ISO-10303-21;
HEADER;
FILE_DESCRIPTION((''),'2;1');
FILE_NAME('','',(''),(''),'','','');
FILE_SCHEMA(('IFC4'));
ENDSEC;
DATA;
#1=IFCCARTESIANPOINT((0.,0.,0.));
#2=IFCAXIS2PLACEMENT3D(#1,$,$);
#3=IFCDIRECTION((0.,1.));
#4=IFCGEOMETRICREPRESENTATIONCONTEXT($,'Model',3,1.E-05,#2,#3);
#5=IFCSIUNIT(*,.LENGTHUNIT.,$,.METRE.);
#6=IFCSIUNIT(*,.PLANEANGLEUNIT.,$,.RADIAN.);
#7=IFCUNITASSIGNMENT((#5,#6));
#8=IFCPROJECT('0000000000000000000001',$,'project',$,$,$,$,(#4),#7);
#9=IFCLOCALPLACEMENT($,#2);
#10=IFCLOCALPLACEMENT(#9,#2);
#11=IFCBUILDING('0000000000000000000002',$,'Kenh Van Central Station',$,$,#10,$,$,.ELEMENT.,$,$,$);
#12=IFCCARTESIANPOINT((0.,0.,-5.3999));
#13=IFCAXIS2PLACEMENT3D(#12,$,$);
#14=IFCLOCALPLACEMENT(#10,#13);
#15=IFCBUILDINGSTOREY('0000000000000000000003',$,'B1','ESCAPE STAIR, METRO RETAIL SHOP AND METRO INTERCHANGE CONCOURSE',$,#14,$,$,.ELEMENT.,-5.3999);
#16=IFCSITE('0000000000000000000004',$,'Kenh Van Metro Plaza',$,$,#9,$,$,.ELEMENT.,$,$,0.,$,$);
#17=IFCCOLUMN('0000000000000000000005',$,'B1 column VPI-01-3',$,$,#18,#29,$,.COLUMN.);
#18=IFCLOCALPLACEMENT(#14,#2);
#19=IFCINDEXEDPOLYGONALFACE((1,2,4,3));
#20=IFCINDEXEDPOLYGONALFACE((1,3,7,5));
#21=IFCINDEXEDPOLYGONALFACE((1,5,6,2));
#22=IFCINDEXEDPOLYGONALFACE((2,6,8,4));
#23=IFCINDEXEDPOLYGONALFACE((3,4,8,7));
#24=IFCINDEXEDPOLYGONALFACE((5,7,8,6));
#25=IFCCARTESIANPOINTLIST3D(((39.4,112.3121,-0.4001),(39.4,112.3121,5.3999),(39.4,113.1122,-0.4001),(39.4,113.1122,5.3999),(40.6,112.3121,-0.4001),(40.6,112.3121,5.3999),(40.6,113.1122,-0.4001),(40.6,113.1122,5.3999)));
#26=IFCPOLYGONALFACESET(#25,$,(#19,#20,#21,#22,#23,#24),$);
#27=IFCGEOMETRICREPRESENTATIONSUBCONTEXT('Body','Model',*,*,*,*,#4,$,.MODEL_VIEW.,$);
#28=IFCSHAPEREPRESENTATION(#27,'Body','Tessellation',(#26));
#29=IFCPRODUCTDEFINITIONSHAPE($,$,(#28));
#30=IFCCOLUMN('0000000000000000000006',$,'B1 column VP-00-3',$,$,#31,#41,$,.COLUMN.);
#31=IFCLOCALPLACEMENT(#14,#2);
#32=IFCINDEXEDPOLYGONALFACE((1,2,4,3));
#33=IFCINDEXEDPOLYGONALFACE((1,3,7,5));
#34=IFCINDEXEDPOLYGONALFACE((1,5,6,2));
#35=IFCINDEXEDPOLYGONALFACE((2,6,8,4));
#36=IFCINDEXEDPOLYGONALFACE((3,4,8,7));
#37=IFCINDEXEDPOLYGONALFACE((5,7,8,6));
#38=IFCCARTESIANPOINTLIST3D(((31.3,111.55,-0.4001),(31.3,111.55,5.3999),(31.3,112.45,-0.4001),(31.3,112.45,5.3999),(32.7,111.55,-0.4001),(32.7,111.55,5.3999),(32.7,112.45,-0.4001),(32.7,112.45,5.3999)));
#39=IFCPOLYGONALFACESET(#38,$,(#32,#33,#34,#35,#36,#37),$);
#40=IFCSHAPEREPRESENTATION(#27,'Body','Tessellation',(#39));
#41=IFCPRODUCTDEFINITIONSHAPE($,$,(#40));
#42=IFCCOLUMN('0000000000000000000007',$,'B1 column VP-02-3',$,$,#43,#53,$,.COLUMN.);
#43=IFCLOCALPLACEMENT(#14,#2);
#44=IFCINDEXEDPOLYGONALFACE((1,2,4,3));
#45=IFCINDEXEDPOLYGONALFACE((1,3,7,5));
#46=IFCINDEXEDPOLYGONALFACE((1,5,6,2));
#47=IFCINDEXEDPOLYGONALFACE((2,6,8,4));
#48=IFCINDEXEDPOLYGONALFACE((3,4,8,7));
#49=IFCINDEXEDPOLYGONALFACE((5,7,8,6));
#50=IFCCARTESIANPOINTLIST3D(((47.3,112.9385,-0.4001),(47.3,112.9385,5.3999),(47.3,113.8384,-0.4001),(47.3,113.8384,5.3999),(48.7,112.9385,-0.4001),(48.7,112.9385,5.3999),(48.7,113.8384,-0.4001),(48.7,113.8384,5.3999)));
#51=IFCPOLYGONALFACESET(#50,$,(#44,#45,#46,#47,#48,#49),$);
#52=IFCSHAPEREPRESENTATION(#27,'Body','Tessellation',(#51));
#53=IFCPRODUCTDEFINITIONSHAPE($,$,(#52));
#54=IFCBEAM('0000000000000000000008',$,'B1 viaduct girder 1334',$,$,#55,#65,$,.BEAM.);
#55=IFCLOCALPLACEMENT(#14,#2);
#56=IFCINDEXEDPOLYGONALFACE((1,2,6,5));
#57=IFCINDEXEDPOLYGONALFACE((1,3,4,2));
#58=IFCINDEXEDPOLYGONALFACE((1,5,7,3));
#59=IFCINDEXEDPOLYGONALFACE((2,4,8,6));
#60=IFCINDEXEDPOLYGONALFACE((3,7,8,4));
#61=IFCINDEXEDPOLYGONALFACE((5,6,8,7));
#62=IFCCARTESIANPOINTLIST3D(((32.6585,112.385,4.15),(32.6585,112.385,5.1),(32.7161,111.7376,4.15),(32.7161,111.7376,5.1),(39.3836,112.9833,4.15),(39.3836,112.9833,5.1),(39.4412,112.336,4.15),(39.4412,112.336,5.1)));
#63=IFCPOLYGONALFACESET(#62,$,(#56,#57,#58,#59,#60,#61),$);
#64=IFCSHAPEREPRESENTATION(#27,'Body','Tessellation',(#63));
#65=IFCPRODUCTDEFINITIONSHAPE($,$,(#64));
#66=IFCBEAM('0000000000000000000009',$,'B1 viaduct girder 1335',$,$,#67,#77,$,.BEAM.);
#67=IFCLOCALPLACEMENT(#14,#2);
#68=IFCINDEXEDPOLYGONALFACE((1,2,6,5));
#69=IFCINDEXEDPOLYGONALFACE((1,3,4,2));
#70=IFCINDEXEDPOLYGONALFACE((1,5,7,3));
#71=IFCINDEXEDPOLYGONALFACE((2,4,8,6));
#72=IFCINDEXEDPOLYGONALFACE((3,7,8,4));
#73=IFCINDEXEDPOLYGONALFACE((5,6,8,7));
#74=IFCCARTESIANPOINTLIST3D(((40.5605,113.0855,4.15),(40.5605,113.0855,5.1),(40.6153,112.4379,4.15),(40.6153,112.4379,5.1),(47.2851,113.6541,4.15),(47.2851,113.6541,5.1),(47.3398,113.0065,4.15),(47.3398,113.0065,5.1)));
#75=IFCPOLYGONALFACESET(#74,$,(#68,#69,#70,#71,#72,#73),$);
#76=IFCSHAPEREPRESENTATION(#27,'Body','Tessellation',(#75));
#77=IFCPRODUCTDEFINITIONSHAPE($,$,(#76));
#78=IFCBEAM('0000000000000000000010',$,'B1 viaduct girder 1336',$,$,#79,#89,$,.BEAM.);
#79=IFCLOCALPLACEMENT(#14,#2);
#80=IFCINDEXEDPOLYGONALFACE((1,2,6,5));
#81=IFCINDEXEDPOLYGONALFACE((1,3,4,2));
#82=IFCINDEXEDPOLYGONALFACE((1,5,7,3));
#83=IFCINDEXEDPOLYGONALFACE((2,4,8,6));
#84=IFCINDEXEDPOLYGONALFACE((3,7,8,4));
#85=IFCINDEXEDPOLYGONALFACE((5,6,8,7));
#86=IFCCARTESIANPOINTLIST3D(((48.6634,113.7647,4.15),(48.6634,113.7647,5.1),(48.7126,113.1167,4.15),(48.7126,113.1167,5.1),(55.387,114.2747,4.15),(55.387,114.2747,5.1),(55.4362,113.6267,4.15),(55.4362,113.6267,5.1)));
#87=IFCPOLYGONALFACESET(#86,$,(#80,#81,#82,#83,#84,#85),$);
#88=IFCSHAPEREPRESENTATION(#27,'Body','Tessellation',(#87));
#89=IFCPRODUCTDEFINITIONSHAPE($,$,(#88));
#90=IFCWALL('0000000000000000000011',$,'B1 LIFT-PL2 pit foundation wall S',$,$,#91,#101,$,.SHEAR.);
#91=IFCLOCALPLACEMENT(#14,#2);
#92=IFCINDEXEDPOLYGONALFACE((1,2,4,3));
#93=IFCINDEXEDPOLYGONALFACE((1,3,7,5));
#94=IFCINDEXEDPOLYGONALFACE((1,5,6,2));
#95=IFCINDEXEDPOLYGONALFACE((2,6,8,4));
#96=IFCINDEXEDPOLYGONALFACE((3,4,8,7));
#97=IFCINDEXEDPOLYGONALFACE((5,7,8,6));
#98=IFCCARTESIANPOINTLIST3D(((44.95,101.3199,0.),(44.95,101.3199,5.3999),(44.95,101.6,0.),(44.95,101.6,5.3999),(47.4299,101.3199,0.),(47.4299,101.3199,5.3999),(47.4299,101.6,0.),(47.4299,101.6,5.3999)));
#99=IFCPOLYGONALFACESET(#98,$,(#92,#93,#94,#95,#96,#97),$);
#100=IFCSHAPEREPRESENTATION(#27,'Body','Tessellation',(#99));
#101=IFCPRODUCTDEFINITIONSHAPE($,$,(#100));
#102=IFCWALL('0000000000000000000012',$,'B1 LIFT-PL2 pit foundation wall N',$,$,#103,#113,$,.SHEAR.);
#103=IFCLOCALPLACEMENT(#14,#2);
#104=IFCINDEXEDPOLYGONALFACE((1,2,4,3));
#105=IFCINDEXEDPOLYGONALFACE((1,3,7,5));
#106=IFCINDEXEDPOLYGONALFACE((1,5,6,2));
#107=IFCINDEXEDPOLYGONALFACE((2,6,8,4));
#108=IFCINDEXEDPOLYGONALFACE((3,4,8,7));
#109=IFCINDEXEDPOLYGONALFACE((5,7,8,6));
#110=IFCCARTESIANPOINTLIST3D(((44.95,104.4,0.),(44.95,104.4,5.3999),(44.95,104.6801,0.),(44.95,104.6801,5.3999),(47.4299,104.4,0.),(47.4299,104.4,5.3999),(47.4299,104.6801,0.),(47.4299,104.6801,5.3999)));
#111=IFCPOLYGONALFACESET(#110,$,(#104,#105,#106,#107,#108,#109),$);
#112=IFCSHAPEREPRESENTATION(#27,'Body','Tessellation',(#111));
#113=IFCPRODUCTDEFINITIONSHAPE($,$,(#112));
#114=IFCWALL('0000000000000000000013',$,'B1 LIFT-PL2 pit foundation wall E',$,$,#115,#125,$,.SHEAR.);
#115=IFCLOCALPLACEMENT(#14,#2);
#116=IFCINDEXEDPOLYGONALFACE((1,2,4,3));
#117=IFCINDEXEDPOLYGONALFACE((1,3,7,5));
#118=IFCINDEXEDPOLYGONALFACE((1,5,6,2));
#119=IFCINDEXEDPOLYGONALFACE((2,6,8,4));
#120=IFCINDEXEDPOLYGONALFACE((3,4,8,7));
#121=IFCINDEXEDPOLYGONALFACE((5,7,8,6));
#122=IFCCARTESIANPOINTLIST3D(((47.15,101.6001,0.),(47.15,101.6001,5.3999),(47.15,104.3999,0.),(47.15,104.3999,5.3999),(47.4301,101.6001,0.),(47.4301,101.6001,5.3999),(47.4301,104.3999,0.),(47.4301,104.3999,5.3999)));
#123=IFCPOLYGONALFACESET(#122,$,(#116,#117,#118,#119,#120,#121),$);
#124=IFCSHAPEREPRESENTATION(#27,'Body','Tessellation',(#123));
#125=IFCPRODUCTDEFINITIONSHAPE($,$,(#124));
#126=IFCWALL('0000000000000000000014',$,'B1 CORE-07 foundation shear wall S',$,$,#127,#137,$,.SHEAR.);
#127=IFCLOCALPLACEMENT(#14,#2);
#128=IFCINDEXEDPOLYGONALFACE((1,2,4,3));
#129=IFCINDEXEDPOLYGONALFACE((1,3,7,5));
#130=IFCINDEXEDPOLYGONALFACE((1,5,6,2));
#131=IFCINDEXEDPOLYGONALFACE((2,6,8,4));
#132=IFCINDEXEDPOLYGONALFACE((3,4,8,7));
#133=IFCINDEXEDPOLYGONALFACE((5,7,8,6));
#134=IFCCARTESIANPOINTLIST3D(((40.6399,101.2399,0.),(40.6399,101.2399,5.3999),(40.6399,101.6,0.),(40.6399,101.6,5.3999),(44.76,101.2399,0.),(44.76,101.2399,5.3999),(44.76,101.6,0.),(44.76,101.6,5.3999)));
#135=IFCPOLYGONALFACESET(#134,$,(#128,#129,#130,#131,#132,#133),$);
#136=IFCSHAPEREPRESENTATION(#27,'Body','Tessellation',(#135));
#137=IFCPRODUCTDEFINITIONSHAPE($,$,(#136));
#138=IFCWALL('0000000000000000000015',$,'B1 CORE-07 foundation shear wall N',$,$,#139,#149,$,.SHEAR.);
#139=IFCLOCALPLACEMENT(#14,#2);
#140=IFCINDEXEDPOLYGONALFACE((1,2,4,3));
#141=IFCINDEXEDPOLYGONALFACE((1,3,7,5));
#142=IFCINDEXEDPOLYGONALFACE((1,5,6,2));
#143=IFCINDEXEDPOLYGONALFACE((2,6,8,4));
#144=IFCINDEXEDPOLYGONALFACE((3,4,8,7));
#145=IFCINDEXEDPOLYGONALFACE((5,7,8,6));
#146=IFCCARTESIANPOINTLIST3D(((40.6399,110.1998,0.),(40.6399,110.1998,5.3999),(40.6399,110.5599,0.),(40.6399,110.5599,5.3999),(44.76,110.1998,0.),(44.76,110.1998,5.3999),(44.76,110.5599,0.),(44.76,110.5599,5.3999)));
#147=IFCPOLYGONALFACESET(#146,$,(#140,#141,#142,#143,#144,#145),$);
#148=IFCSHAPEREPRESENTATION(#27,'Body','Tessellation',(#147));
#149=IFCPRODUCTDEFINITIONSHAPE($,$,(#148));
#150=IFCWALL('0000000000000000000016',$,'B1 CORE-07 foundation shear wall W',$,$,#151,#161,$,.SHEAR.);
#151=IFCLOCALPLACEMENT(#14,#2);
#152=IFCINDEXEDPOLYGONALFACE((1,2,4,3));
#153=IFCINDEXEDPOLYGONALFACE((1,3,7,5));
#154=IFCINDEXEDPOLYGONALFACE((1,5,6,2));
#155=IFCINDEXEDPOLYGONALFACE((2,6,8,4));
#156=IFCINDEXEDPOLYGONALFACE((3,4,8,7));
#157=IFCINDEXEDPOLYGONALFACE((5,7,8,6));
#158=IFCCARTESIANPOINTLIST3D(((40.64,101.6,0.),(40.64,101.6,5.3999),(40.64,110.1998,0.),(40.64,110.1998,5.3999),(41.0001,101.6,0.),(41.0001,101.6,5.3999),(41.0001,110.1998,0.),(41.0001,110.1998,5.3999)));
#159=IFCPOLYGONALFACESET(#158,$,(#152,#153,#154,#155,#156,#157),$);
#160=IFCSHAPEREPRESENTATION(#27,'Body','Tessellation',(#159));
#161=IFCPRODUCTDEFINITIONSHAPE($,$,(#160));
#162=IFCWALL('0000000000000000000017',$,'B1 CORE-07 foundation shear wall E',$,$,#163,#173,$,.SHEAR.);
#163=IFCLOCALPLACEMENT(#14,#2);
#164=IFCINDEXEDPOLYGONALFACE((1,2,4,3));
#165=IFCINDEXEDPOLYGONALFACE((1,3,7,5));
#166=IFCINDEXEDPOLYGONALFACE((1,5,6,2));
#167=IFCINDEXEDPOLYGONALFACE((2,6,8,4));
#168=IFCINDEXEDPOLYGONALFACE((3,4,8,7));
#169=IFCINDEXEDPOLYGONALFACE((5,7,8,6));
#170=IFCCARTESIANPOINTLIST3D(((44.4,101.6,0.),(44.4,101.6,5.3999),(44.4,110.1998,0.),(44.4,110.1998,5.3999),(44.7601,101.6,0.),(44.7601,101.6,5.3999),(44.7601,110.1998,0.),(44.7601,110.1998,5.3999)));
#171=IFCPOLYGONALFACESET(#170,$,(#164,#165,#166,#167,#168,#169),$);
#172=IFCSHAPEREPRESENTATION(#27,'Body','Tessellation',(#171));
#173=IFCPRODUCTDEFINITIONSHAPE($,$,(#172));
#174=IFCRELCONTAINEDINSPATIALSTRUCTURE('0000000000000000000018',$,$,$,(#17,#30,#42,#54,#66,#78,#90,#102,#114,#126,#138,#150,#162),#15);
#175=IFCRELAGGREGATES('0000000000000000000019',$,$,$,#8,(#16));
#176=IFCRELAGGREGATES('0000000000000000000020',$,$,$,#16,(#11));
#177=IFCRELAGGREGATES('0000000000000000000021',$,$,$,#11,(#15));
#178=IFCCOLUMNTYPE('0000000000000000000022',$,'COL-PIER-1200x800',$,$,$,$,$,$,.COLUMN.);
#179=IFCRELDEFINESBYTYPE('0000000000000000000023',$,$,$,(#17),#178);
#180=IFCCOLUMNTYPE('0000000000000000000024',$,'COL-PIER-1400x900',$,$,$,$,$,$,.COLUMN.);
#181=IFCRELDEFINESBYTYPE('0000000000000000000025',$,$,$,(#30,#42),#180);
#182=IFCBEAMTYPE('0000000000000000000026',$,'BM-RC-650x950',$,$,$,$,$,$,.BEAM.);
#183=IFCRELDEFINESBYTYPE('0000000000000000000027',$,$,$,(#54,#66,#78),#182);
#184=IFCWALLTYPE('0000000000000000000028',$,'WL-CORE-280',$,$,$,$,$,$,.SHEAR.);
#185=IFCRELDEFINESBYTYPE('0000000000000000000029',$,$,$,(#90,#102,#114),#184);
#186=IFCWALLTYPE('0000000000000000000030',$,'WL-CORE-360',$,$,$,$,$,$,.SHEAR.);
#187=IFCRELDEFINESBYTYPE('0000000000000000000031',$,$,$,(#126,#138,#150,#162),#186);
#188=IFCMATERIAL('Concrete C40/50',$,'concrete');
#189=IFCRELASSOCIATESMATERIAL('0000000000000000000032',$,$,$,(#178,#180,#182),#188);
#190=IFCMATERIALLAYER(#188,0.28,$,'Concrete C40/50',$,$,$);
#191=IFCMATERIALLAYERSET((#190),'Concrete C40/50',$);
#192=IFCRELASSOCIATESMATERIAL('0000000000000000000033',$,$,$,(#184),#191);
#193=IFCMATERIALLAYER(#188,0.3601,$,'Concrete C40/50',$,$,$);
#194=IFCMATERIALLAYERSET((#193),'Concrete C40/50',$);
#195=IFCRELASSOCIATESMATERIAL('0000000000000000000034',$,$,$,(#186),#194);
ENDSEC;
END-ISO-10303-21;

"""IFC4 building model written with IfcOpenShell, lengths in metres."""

from ifc_helpers import new_model, si_unit, direction, frame, frame_2d, origin, origin_2d, place, context, subcontext, project, spatial, rectangle, extrude, material, layer, layer_set, material_profile, profile_set, type_object, element, save


model = new_model("IFC4")

# Units and contexts
model_context = context("Model", 3, precision=1e-05, world=origin(), true_north=direction((0.0, 1.0)))
body_context = subcontext(model_context, "Body", "Model", "MODEL_VIEW")
ifc_project = project(units=[si_unit("LENGTHUNIT", "METRE"), si_unit("PLANEANGLEUNIT", "RADIAN")], contexts=[model_context])

# Site, building, storey
site_placement = place(None, origin())
site = spatial("IfcSite", under=ifc_project, at=site_placement, Name="Kenh Van Metro Plaza", CompositionType="ELEMENT", RefElevation=0.0)
building_placement = place(site_placement, origin())
building = spatial("IfcBuilding", under=site, at=building_placement, Name="Kenh Van Central Station", CompositionType="ELEMENT")
storey_placement = place(building_placement, frame((0.0, 0.0, -5.3999)))
storey = spatial("IfcBuildingStorey", under=building, at=storey_placement, Name="B1", Description="ESCAPE STAIR, METRO RETAIL SHOP AND METRO INTERCHANGE CONCOURSE", CompositionType="ELEMENT", Elevation=-5.3999)

# Shared definitions
ifc_material = material(Name="Concrete C40/50", Category="concrete")

# Columns
ifc_material_profile_1 = material_profile(ifc_material, rectangle(XDim=1.2, YDim=0.8, at=origin_2d()), Name="RC 1200x800")
ifc_profile_set_1 = profile_set([ifc_material_profile_1], Name="Concrete C40/50")
column_type_1 = type_object("IfcColumnType", Name="COL-PIER-1200x800", PredefinedType="COLUMN", material=ifc_profile_set_1)
column_placement = place(storey_placement, frame((40.0, 112.7122, -0.4001), z_axis=(0.0, 0.0, 1.0), x_axis=(1.0, 0.0, 0.0)))
element("IfcColumn", 1, at=column_placement, inside=storey, type_object=column_type_1, Name="B1 column VPI-01-3", PredefinedType="COLUMN", context=body_context, shape_type="SweptSolid", body=[
    extrude(rectangle(XDim=1.2, YDim=0.8, at=origin_2d()), origin(), (0.0, 0.0, 1.0), 5.8),
])
ifc_material_profile_2 = material_profile(ifc_material, rectangle(XDim=1.3999, YDim=0.8999, at=origin_2d()), Name="RC 1400x900")
ifc_profile_set_2 = profile_set([ifc_material_profile_2], Name="Concrete C40/50")
column_type_2 = type_object("IfcColumnType", Name="COL-PIER-1400x900", PredefinedType="COLUMN", material=ifc_profile_set_2)
for number, where, z_axis, x_axis, name in (
    (2, (32.0, 112.0, -0.4001), (0.0, 0.0, 1.0), (1.0, 0.0, 0.0), "B1 column VP-00-3"),
    (3, (48.0, 113.3884, -0.4001), (0.0, 0.0, 1.0), (1.0, 0.0, 0.0), "B1 column VP-02-3"),
):
    element("IfcColumn", number, at=place(storey_placement, frame(where, z_axis=z_axis, x_axis=x_axis)), inside=storey, type_object=column_type_2, Name=name, PredefinedType="COLUMN", context=body_context, shape_type="SweptSolid", body=[
        extrude(rectangle(XDim=1.3999, YDim=0.8999, at=origin_2d()), origin(), (0.0, 0.0, 1.0), 5.8),
    ])

# Beams
ifc_material_profile_3 = material_profile(ifc_material, rectangle(XDim=0.6499, YDim=0.95, at=origin_2d()), Name="RC 650x950")
ifc_profile_set_3 = profile_set([ifc_material_profile_3], Name="Concrete C40/50")
beam_type = type_object("IfcBeamType", Name="BM-RC-650x950", PredefinedType="BEAM", material=ifc_profile_set_3)
beam_1_placement = place(storey_placement, frame((32.6873, 112.0613, 4.625), z_axis=(0.996065, 0.088628, 0.0), x_axis=(-0.088628, 0.996065, 0.0)))
element("IfcBeam", 4, at=beam_1_placement, inside=storey, type_object=beam_type, Name="B1 viaduct girder 1334", PredefinedType="BEAM", context=body_context, shape_type="SweptSolid", body=[
    extrude(rectangle(XDim=0.6499, YDim=0.95, at=origin_2d()), origin(), (0.0, 0.0, 1.0), 6.7517),
])
beam_2_placement = place(storey_placement, frame((40.5879, 112.7617, 4.625), z_axis=(0.996444, 0.084255, 0.0), x_axis=(-0.084255, 0.996444, 0.0)))
element("IfcBeam", 5, at=beam_2_placement, inside=storey, type_object=beam_type, Name="B1 viaduct girder 1335", PredefinedType="BEAM", context=body_context, shape_type="SweptSolid", body=[
    extrude(rectangle(XDim=0.6499, YDim=0.95, at=origin_2d()), origin(), (0.0, 0.0, 1.0), 6.7485),
])
beam_3_placement = place(storey_placement, frame((48.688, 113.4407, 4.625), z_axis=(0.997135, 0.075636, 0.0), x_axis=(-0.075636, 0.997135, 0.0)))
element("IfcBeam", 6, at=beam_3_placement, inside=storey, type_object=beam_type, Name="B1 viaduct girder 1336", PredefinedType="BEAM", context=body_context, shape_type="SweptSolid", body=[
    extrude(rectangle(XDim=0.6499, YDim=0.95, at=origin_2d()), origin(), (0.0, 0.0, 1.0), 6.7429),
])

# Walls
ifc_layer_1 = layer(ifc_material, 0.28, Name="Concrete C40/50")
ifc_layer_set_1 = layer_set([ifc_layer_1], Name="Concrete C40/50")
wall_type_1 = type_object("IfcWallType", Name="WL-CORE-280", PredefinedType="SHEAR", material=ifc_layer_set_1)
for number, where, z_axis, x_axis, name in (
    (7, (44.95, 101.46, 0.0), (0.0, 0.0, 1.0), (1.0, 0.0, 0.0), "B1 LIFT-PL2 pit foundation wall S"),
    (8, (44.95, 104.54, 0.0), (0.0, 0.0, 1.0), (1.0, 0.0, 0.0), "B1 LIFT-PL2 pit foundation wall N"),
):
    element("IfcWall", number, at=place(storey_placement, frame(where, z_axis=z_axis, x_axis=x_axis)), inside=storey, type_object=wall_type_1, Name=name, PredefinedType="SHEAR", context=body_context, shape_type="SweptSolid", body=[
        extrude(rectangle(XDim=2.48, YDim=0.28, at=frame_2d((1.24, 0.0))), origin(), (0.0, 0.0, 1.0), 5.3999),
    ])
wall_placement = place(storey_placement, frame((47.29, 101.6001, 0.0), z_axis=(0.0, 0.0, 1.0), x_axis=(0.0, 1.0, 0.0)))
element("IfcWall", 9, at=wall_placement, inside=storey, type_object=wall_type_1, Name="B1 LIFT-PL2 pit foundation wall E", PredefinedType="SHEAR", context=body_context, shape_type="SweptSolid", body=[
    extrude(rectangle(XDim=2.7998, YDim=0.28, at=frame_2d((1.3999, 0.0))), origin(), (0.0, 0.0, 1.0), 5.3999),
])
ifc_layer_2 = layer(ifc_material, 0.3601, Name="Concrete C40/50")
ifc_layer_set_2 = layer_set([ifc_layer_2], Name="Concrete C40/50")
wall_type_2 = type_object("IfcWallType", Name="WL-CORE-360", PredefinedType="SHEAR", material=ifc_layer_set_2)
for number, where, z_axis, x_axis, name in (
    (10, (40.6399, 101.4199, 0.0), (0.0, 0.0, 1.0), (1.0, 0.0, 0.0), "B1 CORE-07 foundation shear wall S"),
    (11, (40.6399, 110.3799, 0.0), (0.0, 0.0, 1.0), (1.0, 0.0, 0.0), "B1 CORE-07 foundation shear wall N"),
):
    element("IfcWall", number, at=place(storey_placement, frame(where, z_axis=z_axis, x_axis=x_axis)), inside=storey, type_object=wall_type_2, Name=name, PredefinedType="SHEAR", context=body_context, shape_type="SweptSolid", body=[
        extrude(rectangle(XDim=4.1201, YDim=0.3601, at=frame_2d((2.0601, 0.0))), origin(), (0.0, 0.0, 1.0), 5.3999),
    ])
for number, where, z_axis, x_axis, name in (
    (12, (40.8201, 101.6001, 0.0), (0.0, 0.0, 1.0), (0.0, 1.0, 0.0), "B1 CORE-07 foundation shear wall W"),
    (13, (44.5801, 101.6001, 0.0), (0.0, 0.0, 1.0), (0.0, 1.0, 0.0), "B1 CORE-07 foundation shear wall E"),
):
    element("IfcWall", number, at=place(storey_placement, frame(where, z_axis=z_axis, x_axis=x_axis)), inside=storey, type_object=wall_type_2, Name=name, PredefinedType="SHEAR", context=body_context, shape_type="SweptSolid", body=[
        extrude(rectangle(XDim=8.5999, YDim=0.3601, at=frame_2d((4.2998, 0.0))), origin(), (0.0, 0.0, 1.0), 5.3999),
    ])

save(model, "model.ifc")
